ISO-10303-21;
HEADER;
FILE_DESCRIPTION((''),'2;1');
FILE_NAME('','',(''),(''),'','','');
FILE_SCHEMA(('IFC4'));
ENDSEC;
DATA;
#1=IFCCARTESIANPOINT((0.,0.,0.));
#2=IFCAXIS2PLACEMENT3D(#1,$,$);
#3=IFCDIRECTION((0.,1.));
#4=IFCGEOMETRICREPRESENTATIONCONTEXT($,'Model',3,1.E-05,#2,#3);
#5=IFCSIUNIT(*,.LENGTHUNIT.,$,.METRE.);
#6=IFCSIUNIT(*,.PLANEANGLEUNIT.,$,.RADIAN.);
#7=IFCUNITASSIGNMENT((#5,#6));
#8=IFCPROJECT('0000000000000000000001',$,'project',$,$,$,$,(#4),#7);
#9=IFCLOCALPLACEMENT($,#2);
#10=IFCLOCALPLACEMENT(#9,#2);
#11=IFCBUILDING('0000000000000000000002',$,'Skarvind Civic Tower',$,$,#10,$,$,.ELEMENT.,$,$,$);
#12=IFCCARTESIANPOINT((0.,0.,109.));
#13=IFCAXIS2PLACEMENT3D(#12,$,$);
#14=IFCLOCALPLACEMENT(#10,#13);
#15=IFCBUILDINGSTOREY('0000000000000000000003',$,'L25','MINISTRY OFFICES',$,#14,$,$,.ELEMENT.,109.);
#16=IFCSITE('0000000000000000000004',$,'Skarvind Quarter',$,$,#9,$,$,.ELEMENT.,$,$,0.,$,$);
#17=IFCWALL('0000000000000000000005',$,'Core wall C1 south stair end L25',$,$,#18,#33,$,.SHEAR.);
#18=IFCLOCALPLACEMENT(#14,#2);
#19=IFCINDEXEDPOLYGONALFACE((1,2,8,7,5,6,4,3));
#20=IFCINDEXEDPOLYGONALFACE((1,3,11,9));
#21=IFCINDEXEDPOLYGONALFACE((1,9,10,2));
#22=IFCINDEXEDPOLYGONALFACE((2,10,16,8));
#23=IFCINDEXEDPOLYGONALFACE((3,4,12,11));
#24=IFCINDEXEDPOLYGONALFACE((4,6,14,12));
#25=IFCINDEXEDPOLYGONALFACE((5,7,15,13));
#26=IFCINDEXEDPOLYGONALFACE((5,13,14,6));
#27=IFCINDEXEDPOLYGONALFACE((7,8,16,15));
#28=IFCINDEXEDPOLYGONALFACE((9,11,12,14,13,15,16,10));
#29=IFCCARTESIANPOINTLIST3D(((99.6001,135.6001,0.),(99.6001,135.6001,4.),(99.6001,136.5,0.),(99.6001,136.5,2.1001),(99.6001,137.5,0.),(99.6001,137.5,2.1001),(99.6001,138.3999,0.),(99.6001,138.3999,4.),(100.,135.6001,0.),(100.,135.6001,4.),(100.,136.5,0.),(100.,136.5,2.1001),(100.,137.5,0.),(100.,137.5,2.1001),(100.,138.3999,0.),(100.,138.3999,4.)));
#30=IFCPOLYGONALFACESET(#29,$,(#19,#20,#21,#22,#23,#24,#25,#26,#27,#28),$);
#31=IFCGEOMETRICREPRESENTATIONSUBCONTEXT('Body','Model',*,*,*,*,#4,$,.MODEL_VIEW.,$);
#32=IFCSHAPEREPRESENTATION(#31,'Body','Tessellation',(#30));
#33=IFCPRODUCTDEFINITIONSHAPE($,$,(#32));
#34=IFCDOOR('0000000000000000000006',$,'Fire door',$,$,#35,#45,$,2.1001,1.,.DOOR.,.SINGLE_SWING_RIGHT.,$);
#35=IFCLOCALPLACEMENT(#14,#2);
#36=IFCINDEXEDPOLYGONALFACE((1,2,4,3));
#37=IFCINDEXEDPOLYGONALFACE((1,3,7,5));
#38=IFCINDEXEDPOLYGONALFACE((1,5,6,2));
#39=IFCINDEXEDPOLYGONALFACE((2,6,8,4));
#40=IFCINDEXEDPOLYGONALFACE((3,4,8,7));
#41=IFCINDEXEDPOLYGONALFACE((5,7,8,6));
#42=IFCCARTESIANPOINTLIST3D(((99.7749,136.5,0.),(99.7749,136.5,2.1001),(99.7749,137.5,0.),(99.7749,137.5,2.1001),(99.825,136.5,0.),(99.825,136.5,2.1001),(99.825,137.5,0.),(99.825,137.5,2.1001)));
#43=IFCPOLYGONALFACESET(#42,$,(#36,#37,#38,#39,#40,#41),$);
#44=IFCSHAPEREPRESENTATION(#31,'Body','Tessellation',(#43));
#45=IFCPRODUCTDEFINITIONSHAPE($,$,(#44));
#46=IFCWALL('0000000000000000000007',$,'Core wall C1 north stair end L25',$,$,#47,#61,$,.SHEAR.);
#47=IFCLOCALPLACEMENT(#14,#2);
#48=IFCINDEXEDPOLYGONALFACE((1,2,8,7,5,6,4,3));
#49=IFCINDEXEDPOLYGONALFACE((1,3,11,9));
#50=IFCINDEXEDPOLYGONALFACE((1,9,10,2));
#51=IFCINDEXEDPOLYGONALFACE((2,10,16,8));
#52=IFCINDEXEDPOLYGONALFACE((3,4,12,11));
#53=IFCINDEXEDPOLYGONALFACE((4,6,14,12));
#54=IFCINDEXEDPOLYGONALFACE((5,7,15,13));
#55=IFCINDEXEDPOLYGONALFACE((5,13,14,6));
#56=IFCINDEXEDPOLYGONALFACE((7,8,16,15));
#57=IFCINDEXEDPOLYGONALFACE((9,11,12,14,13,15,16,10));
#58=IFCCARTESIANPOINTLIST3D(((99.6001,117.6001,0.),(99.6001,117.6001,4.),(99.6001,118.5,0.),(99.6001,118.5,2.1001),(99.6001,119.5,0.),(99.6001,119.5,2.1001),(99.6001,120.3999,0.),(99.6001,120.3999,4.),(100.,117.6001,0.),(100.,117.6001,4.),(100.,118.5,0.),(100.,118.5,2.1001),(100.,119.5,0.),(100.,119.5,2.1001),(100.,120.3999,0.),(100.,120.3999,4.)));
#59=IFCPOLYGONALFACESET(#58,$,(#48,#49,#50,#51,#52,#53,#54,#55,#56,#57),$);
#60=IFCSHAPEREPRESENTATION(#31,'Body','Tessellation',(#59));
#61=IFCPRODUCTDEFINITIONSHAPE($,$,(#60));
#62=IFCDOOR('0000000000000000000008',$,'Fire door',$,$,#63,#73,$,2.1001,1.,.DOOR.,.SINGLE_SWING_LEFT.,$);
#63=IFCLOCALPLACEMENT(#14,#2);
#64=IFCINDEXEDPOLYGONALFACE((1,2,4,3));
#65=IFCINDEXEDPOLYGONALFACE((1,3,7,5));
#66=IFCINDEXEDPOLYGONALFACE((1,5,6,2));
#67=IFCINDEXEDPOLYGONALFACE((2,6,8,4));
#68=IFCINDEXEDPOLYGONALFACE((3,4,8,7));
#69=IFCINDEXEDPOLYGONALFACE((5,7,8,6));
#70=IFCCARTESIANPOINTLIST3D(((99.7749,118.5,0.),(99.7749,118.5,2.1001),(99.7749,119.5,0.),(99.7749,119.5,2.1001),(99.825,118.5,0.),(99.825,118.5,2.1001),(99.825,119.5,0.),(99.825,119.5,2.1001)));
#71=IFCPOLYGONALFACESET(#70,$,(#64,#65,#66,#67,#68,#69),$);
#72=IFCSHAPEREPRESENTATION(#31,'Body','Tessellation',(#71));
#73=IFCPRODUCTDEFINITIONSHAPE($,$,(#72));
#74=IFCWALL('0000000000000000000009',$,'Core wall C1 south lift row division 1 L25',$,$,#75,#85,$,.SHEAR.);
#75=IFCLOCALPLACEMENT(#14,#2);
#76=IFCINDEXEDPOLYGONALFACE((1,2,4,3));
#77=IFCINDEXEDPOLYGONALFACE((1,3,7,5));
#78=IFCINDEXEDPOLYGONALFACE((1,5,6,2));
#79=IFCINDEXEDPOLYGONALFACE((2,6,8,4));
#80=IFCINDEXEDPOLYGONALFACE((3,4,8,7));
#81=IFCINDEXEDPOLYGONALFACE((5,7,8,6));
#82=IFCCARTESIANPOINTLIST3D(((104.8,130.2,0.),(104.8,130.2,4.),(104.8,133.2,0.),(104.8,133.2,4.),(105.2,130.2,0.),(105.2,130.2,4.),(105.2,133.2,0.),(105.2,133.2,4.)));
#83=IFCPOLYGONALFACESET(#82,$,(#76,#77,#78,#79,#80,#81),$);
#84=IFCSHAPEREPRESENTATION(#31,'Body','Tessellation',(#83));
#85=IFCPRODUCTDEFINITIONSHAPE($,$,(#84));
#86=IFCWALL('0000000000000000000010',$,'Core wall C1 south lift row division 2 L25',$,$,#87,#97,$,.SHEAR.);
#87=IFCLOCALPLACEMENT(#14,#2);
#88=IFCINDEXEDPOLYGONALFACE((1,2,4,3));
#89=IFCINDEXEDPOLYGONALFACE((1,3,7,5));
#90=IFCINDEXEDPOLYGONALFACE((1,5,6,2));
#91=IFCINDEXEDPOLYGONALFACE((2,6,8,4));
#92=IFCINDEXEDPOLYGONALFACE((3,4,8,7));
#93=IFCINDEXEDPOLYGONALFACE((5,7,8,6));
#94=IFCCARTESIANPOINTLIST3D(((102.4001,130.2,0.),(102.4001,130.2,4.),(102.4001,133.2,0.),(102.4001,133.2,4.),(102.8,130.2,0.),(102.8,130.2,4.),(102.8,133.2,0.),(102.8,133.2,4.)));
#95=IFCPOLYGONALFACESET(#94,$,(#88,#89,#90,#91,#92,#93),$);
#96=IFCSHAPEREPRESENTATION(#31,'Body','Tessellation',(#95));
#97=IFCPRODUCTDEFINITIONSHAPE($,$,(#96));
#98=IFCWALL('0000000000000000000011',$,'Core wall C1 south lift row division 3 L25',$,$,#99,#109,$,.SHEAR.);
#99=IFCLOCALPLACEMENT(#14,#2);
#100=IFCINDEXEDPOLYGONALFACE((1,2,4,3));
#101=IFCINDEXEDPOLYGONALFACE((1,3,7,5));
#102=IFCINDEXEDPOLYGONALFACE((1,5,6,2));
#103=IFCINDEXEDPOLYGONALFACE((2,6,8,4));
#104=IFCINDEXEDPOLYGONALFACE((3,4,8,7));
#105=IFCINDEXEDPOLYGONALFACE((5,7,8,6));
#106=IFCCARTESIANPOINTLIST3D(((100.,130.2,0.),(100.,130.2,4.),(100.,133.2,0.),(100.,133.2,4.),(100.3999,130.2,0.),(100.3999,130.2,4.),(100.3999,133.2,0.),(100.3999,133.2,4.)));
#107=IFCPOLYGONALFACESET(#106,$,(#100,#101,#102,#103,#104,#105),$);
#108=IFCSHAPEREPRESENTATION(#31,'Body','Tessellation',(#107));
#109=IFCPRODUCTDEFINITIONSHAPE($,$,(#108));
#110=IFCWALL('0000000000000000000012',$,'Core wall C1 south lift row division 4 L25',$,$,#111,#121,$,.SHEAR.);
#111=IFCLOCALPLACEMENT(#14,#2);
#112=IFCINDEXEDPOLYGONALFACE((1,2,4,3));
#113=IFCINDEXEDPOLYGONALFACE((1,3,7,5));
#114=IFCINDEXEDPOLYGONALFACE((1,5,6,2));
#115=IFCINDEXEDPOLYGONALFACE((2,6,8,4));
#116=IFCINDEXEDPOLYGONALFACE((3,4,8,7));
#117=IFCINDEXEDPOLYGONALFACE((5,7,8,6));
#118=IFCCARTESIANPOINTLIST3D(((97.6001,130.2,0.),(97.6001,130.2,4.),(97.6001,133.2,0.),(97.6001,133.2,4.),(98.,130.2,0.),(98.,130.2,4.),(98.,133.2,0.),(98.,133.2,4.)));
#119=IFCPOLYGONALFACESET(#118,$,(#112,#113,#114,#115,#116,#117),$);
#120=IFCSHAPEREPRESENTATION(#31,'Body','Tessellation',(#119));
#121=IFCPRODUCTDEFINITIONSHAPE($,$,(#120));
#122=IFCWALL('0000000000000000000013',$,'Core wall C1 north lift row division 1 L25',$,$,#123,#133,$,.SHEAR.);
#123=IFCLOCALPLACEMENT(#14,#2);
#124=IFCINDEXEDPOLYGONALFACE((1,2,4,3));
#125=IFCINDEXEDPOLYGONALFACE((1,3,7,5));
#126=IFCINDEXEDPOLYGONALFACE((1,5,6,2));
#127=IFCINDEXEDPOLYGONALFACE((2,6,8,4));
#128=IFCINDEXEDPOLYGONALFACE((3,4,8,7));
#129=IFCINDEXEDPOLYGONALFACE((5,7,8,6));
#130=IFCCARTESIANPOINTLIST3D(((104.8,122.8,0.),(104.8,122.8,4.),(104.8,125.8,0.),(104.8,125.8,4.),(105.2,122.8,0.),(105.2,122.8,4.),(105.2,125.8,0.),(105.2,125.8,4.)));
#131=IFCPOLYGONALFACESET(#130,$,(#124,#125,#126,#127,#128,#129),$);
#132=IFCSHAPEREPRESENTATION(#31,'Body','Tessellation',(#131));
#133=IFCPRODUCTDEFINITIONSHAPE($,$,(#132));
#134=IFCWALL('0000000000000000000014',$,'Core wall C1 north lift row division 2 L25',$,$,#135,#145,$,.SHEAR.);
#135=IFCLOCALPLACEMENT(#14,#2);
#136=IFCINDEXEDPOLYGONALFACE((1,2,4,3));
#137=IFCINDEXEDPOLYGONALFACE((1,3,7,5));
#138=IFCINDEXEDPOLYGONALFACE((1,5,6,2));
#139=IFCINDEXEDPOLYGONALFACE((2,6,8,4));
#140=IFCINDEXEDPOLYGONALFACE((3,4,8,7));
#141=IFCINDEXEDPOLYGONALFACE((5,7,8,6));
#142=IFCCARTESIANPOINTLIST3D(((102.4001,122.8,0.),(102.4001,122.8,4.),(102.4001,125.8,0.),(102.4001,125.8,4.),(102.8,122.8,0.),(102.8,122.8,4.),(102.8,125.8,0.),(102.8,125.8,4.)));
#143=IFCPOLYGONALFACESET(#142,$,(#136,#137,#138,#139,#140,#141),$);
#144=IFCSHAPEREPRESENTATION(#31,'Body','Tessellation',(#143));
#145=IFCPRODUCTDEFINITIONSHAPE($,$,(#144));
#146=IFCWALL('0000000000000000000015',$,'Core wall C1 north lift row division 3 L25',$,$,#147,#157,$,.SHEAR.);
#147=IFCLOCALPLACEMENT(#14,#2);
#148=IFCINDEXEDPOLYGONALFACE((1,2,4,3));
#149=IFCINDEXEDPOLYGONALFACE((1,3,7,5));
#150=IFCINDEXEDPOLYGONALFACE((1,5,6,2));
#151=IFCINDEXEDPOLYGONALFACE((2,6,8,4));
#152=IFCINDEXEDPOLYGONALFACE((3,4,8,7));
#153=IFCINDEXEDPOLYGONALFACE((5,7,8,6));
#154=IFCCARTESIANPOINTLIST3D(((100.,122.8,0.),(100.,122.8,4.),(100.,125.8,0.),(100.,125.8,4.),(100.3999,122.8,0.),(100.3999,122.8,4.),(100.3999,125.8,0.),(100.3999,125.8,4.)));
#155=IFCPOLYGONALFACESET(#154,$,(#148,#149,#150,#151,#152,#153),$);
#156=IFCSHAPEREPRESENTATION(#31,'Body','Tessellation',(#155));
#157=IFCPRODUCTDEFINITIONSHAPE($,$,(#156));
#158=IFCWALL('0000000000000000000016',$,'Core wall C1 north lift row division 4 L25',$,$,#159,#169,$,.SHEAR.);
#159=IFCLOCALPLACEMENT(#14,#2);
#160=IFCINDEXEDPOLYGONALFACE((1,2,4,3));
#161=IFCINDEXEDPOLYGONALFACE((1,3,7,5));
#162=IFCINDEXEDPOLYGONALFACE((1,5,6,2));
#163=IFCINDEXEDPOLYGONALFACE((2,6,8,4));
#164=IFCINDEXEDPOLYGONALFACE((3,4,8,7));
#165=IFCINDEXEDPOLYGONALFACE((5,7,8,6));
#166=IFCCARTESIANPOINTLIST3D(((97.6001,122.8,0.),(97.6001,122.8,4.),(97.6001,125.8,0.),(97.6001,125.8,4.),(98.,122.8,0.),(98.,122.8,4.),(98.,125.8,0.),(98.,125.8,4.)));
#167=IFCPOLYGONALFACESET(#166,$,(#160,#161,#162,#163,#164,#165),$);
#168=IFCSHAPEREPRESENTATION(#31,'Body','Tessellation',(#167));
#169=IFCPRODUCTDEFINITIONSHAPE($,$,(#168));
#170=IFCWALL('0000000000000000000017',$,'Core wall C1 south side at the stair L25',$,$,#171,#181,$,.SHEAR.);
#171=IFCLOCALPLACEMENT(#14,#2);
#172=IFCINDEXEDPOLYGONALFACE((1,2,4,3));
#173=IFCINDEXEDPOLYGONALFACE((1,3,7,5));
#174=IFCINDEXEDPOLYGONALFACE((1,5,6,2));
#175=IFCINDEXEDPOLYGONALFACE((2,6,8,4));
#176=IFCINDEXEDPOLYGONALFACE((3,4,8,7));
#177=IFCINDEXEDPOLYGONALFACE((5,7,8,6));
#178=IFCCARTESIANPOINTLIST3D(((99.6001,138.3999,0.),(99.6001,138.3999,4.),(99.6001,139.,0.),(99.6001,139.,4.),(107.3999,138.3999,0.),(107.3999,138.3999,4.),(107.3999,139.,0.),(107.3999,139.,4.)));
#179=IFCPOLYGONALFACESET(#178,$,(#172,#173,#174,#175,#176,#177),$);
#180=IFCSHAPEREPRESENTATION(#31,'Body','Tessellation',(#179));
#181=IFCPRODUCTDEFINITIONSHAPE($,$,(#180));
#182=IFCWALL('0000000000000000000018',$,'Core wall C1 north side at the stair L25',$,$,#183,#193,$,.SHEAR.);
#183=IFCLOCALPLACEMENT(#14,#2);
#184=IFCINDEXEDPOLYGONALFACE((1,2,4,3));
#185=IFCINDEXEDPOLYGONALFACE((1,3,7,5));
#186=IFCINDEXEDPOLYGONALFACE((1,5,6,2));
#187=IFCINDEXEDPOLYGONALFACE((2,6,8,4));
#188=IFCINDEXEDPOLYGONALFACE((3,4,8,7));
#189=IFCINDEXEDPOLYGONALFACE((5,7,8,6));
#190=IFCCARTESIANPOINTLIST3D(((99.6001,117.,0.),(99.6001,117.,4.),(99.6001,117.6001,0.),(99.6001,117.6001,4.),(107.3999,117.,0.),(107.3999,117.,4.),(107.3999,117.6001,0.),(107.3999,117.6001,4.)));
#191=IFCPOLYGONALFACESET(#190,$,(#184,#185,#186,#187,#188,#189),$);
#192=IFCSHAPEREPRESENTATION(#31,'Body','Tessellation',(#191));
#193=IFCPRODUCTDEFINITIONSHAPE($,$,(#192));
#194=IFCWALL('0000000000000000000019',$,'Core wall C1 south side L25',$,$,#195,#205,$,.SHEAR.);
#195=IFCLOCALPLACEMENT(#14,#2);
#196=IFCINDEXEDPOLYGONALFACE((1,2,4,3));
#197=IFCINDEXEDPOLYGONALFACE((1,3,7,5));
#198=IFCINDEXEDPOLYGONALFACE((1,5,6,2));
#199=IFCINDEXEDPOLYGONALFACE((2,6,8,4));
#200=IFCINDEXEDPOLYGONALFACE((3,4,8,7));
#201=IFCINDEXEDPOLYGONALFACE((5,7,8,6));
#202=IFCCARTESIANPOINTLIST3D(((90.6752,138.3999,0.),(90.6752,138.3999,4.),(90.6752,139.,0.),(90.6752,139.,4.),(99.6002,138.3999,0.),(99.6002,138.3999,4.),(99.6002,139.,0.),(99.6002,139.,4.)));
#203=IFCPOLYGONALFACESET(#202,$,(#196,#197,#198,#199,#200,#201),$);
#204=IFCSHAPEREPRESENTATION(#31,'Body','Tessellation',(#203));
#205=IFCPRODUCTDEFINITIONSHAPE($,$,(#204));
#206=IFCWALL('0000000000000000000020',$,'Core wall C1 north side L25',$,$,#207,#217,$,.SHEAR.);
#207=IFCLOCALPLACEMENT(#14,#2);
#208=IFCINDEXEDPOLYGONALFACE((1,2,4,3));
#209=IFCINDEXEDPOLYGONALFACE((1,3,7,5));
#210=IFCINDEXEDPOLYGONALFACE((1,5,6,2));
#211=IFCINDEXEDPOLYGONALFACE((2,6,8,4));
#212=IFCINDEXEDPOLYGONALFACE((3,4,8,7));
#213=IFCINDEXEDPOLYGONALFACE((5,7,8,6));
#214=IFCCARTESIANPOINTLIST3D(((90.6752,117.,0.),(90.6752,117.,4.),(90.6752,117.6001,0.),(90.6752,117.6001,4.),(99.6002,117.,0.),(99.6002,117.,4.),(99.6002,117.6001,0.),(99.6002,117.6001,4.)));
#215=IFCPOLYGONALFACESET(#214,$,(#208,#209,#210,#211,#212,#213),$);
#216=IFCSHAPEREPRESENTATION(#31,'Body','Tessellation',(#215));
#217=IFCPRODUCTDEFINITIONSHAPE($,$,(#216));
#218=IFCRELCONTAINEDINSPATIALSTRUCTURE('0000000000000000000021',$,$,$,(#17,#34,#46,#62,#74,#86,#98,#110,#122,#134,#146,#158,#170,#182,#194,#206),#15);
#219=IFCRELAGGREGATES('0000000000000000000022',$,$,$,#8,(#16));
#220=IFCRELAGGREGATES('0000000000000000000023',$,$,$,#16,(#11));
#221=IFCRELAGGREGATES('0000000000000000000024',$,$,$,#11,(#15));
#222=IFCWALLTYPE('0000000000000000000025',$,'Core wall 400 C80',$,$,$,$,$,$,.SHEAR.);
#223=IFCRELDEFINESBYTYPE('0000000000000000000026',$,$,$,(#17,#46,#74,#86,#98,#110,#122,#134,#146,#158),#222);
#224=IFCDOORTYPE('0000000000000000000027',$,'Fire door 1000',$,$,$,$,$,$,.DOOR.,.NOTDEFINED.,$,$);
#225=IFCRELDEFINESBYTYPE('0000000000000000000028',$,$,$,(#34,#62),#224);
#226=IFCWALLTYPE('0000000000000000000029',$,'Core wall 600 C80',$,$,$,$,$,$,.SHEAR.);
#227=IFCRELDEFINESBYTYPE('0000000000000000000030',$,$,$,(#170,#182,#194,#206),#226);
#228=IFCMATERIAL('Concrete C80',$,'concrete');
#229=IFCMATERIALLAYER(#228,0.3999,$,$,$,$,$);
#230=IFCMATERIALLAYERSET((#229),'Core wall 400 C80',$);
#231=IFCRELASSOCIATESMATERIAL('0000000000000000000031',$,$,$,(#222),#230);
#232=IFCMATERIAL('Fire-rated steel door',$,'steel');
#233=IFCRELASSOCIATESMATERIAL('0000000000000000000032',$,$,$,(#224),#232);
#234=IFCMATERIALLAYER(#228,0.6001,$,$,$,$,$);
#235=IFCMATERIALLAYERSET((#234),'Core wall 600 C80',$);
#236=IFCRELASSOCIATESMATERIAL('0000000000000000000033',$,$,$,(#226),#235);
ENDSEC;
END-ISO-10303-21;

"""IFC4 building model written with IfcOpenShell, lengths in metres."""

from ifc_helpers import new_model, si_unit, direction, frame, frame_2d, origin, place, context, subcontext, project, spatial, rectangle, extrude, material, layer, layer_set, type_object, element, fill, save


model = new_model("IFC4")

# Units and contexts
model_context = context("Model", 3, precision=1e-05, world=origin(), true_north=direction((0.0, 1.0)))
body_context = subcontext(model_context, "Body", "Model", "MODEL_VIEW")
ifc_project = project(units=[si_unit("LENGTHUNIT", "METRE"), si_unit("PLANEANGLEUNIT", "RADIAN")], contexts=[model_context])

# Site, building, storey
site_placement = place(None, origin())
site = spatial("IfcSite", under=ifc_project, at=site_placement, Name="Skarvind Quarter", CompositionType="ELEMENT", RefElevation=0.0)
building_placement = place(site_placement, origin())
building = spatial("IfcBuilding", under=site, at=building_placement, Name="Skarvind Civic Tower", CompositionType="ELEMENT")
storey_placement = place(building_placement, frame((0.0, 0.0, 109.0)))
storey = spatial("IfcBuildingStorey", under=building, at=storey_placement, Name="L25", Description="MINISTRY OFFICES", CompositionType="ELEMENT", Elevation=109.0)

# Walls, openings, doors
ifc_material_1 = material(Name="Concrete C80", Category="concrete")
ifc_layer_1 = layer(ifc_material_1, 0.3999)
ifc_layer_set_1 = layer_set([ifc_layer_1], Name="Core wall 400 C80")
wall_type_1 = type_object("IfcWallType", Name="Core wall 400 C80", PredefinedType="SHEAR", material=ifc_layer_set_1)
wall_1_placement = place(storey_placement, frame((99.8, 138.3999, 0.0), z_axis=(0.0, 0.0, 1.0), x_axis=(0.0, -1.0, 0.0)))
wall_1 = element("IfcWall", 1, at=wall_1_placement, inside=storey, type_object=wall_type_1, Name="Core wall C1 south stair end L25", PredefinedType="SHEAR", context=body_context, shape_type="SweptSolid", body=[
    extrude(rectangle(XDim=2.7998, YDim=0.3999, at=frame_2d((1.3999, 0.0))), origin(), (0.0, 0.0, 1.0), 4.0),
])
opening_1_placement = place(wall_1_placement, frame((0.8999, 0.0, 0.0)))
opening_1 = element("IfcOpeningElement", 2, at=opening_1_placement, cuts=wall_1, PredefinedType="OPENING", context=body_context, shape_type="SweptSolid", body=[
    extrude(rectangle(XDim=1.0, YDim=2.1001, at=frame_2d((0.5, 1.05))), frame((0.0, 0.21, 0.0), z_axis=(0.0, -1.0, 0.0), x_axis=(1.0, 0.0, 0.0)), (0.0, 0.0, 1.0), 0.4199),
])
ifc_material_2 = material(Name="Fire-rated steel door", Category="steel")
door_type_1 = type_object("IfcDoorType", Name="Fire door 1000", OperationType="NOTDEFINED", PredefinedType="DOOR", material=ifc_material_2)
door_1_placement = place(opening_1_placement, origin())
door_1 = element("IfcDoor", 3, at=door_1_placement, inside=storey, type_object=door_type_1, Name="Fire door", OperationType="SINGLE_SWING_RIGHT", OverallHeight=2.1001, OverallWidth=1.0, PredefinedType="DOOR", context=body_context, shape_type="SweptSolid", body=[
    extrude(rectangle(XDim=1.0, YDim=2.1001, at=frame_2d((0.5, 1.05))), frame((0.0, 0.0249, 0.0), z_axis=(0.0, -1.0, 0.0), x_axis=(1.0, 0.0, 0.0)), (0.0, 0.0, 1.0), 0.05),
])
fill(opening_1, door_1)
wall_2_placement = place(storey_placement, frame((99.8, 120.3999, 0.0), z_axis=(0.0, 0.0, 1.0), x_axis=(0.0, -1.0, 0.0)))
wall_2 = element("IfcWall", 4, at=wall_2_placement, inside=storey, type_object=wall_type_1, Name="Core wall C1 north stair end L25", PredefinedType="SHEAR", context=body_context, shape_type="SweptSolid", body=[
    extrude(rectangle(XDim=2.7998, YDim=0.3999, at=frame_2d((1.3999, 0.0))), origin(), (0.0, 0.0, 1.0), 4.0),
])
opening_2_placement = place(wall_2_placement, frame((0.8999, 0.0, 0.0)))
opening_2 = element("IfcOpeningElement", 5, at=opening_2_placement, cuts=wall_2, PredefinedType="OPENING", context=body_context, shape_type="SweptSolid", body=[
    extrude(rectangle(XDim=1.0, YDim=2.1001, at=frame_2d((0.5, 1.05))), frame((0.0, 0.21, 0.0), z_axis=(0.0, -1.0, 0.0), x_axis=(1.0, 0.0, 0.0)), (0.0, 0.0, 1.0), 0.4199),
])
door_2_placement = place(opening_2_placement, origin())
door_2 = element("IfcDoor", 6, at=door_2_placement, inside=storey, type_object=door_type_1, Name="Fire door", OperationType="SINGLE_SWING_LEFT", OverallHeight=2.1001, OverallWidth=1.0, PredefinedType="DOOR", context=body_context, shape_type="SweptSolid", body=[
    extrude(rectangle(XDim=1.0, YDim=2.1001, at=frame_2d((0.5, 1.05))), frame((0.0, 0.0249, 0.0), z_axis=(0.0, -1.0, 0.0), x_axis=(1.0, 0.0, 0.0)), (0.0, 0.0, 1.0), 0.05),
])
fill(opening_2, door_2)

# Walls
for number, where, z_axis, x_axis, name in (
    (7, (105.0, 133.2, 0.0), (0.0, 0.0, 1.0), (0.0, -1.0, 0.0), "Core wall C1 south lift row division 1 L25"),
    (8, (102.6001, 133.2, 0.0), (0.0, 0.0, 1.0), (0.0, -1.0, 0.0), "Core wall C1 south lift row division 2 L25"),
    (9, (100.2, 133.2, 0.0), (0.0, 0.0, 1.0), (0.0, -1.0, 0.0), "Core wall C1 south lift row division 3 L25"),
    (10, (97.8, 133.2, 0.0), (0.0, 0.0, 1.0), (0.0, -1.0, 0.0), "Core wall C1 south lift row division 4 L25"),
    (11, (105.0, 125.8, 0.0), (0.0, 0.0, 1.0), (0.0, -1.0, 0.0), "Core wall C1 north lift row division 1 L25"),
    (12, (102.6001, 125.8, 0.0), (0.0, 0.0, 1.0), (0.0, -1.0, 0.0), "Core wall C1 north lift row division 2 L25"),
    (13, (100.2, 125.8, 0.0), (0.0, 0.0, 1.0), (0.0, -1.0, 0.0), "Core wall C1 north lift row division 3 L25"),
    (14, (97.8, 125.8, 0.0), (0.0, 0.0, 1.0), (0.0, -1.0, 0.0), "Core wall C1 north lift row division 4 L25"),
):
    element("IfcWall", number, at=place(storey_placement, frame(where, z_axis=z_axis, x_axis=x_axis)), inside=storey, type_object=wall_type_1, Name=name, PredefinedType="SHEAR", context=body_context, shape_type="SweptSolid", body=[
        extrude(rectangle(XDim=3.0, YDim=0.3999, at=frame_2d((1.5, 0.0))), origin(), (0.0, 0.0, 1.0), 4.0),
    ])
ifc_layer_2 = layer(ifc_material_1, 0.6001)
ifc_layer_set_2 = layer_set([ifc_layer_2], Name="Core wall 600 C80")
wall_type_2 = type_object("IfcWallType", Name="Core wall 600 C80", PredefinedType="SHEAR", material=ifc_layer_set_2)
for number, where, z_axis, x_axis, name in (
    (15, (107.3999, 138.7, 0.0), (0.0, 0.0, 1.0), (-1.0, 0.0, 0.0), "Core wall C1 south side at the stair L25"),
    (16, (107.3999, 117.3, 0.0), (0.0, 0.0, 1.0), (-1.0, 0.0, 0.0), "Core wall C1 north side at the stair L25"),
):
    element("IfcWall", number, at=place(storey_placement, frame(where, z_axis=z_axis, x_axis=x_axis)), inside=storey, type_object=wall_type_2, Name=name, PredefinedType="SHEAR", context=body_context, shape_type="SweptSolid", body=[
        extrude(rectangle(XDim=7.7998, YDim=0.6001, at=frame_2d((3.8999, 0.0))), origin(), (0.0, 0.0, 1.0), 4.0),
    ])
for number, where, z_axis, x_axis, name in (
    (17, (99.6001, 138.7, 0.0), (0.0, 0.0, 1.0), (-1.0, 0.0, 0.0), "Core wall C1 south side L25"),
    (18, (99.6001, 117.3, 0.0), (0.0, 0.0, 1.0), (-1.0, 0.0, 0.0), "Core wall C1 north side L25"),
):
    element("IfcWall", number, at=place(storey_placement, frame(where, z_axis=z_axis, x_axis=x_axis)), inside=storey, type_object=wall_type_2, Name=name, PredefinedType="SHEAR", context=body_context, shape_type="SweptSolid", body=[
        extrude(rectangle(XDim=8.925, YDim=0.6001, at=frame_2d((4.4624, 0.0))), origin(), (0.0, 0.0, 1.0), 4.0),
    ])

save(model, "model.ifc")
